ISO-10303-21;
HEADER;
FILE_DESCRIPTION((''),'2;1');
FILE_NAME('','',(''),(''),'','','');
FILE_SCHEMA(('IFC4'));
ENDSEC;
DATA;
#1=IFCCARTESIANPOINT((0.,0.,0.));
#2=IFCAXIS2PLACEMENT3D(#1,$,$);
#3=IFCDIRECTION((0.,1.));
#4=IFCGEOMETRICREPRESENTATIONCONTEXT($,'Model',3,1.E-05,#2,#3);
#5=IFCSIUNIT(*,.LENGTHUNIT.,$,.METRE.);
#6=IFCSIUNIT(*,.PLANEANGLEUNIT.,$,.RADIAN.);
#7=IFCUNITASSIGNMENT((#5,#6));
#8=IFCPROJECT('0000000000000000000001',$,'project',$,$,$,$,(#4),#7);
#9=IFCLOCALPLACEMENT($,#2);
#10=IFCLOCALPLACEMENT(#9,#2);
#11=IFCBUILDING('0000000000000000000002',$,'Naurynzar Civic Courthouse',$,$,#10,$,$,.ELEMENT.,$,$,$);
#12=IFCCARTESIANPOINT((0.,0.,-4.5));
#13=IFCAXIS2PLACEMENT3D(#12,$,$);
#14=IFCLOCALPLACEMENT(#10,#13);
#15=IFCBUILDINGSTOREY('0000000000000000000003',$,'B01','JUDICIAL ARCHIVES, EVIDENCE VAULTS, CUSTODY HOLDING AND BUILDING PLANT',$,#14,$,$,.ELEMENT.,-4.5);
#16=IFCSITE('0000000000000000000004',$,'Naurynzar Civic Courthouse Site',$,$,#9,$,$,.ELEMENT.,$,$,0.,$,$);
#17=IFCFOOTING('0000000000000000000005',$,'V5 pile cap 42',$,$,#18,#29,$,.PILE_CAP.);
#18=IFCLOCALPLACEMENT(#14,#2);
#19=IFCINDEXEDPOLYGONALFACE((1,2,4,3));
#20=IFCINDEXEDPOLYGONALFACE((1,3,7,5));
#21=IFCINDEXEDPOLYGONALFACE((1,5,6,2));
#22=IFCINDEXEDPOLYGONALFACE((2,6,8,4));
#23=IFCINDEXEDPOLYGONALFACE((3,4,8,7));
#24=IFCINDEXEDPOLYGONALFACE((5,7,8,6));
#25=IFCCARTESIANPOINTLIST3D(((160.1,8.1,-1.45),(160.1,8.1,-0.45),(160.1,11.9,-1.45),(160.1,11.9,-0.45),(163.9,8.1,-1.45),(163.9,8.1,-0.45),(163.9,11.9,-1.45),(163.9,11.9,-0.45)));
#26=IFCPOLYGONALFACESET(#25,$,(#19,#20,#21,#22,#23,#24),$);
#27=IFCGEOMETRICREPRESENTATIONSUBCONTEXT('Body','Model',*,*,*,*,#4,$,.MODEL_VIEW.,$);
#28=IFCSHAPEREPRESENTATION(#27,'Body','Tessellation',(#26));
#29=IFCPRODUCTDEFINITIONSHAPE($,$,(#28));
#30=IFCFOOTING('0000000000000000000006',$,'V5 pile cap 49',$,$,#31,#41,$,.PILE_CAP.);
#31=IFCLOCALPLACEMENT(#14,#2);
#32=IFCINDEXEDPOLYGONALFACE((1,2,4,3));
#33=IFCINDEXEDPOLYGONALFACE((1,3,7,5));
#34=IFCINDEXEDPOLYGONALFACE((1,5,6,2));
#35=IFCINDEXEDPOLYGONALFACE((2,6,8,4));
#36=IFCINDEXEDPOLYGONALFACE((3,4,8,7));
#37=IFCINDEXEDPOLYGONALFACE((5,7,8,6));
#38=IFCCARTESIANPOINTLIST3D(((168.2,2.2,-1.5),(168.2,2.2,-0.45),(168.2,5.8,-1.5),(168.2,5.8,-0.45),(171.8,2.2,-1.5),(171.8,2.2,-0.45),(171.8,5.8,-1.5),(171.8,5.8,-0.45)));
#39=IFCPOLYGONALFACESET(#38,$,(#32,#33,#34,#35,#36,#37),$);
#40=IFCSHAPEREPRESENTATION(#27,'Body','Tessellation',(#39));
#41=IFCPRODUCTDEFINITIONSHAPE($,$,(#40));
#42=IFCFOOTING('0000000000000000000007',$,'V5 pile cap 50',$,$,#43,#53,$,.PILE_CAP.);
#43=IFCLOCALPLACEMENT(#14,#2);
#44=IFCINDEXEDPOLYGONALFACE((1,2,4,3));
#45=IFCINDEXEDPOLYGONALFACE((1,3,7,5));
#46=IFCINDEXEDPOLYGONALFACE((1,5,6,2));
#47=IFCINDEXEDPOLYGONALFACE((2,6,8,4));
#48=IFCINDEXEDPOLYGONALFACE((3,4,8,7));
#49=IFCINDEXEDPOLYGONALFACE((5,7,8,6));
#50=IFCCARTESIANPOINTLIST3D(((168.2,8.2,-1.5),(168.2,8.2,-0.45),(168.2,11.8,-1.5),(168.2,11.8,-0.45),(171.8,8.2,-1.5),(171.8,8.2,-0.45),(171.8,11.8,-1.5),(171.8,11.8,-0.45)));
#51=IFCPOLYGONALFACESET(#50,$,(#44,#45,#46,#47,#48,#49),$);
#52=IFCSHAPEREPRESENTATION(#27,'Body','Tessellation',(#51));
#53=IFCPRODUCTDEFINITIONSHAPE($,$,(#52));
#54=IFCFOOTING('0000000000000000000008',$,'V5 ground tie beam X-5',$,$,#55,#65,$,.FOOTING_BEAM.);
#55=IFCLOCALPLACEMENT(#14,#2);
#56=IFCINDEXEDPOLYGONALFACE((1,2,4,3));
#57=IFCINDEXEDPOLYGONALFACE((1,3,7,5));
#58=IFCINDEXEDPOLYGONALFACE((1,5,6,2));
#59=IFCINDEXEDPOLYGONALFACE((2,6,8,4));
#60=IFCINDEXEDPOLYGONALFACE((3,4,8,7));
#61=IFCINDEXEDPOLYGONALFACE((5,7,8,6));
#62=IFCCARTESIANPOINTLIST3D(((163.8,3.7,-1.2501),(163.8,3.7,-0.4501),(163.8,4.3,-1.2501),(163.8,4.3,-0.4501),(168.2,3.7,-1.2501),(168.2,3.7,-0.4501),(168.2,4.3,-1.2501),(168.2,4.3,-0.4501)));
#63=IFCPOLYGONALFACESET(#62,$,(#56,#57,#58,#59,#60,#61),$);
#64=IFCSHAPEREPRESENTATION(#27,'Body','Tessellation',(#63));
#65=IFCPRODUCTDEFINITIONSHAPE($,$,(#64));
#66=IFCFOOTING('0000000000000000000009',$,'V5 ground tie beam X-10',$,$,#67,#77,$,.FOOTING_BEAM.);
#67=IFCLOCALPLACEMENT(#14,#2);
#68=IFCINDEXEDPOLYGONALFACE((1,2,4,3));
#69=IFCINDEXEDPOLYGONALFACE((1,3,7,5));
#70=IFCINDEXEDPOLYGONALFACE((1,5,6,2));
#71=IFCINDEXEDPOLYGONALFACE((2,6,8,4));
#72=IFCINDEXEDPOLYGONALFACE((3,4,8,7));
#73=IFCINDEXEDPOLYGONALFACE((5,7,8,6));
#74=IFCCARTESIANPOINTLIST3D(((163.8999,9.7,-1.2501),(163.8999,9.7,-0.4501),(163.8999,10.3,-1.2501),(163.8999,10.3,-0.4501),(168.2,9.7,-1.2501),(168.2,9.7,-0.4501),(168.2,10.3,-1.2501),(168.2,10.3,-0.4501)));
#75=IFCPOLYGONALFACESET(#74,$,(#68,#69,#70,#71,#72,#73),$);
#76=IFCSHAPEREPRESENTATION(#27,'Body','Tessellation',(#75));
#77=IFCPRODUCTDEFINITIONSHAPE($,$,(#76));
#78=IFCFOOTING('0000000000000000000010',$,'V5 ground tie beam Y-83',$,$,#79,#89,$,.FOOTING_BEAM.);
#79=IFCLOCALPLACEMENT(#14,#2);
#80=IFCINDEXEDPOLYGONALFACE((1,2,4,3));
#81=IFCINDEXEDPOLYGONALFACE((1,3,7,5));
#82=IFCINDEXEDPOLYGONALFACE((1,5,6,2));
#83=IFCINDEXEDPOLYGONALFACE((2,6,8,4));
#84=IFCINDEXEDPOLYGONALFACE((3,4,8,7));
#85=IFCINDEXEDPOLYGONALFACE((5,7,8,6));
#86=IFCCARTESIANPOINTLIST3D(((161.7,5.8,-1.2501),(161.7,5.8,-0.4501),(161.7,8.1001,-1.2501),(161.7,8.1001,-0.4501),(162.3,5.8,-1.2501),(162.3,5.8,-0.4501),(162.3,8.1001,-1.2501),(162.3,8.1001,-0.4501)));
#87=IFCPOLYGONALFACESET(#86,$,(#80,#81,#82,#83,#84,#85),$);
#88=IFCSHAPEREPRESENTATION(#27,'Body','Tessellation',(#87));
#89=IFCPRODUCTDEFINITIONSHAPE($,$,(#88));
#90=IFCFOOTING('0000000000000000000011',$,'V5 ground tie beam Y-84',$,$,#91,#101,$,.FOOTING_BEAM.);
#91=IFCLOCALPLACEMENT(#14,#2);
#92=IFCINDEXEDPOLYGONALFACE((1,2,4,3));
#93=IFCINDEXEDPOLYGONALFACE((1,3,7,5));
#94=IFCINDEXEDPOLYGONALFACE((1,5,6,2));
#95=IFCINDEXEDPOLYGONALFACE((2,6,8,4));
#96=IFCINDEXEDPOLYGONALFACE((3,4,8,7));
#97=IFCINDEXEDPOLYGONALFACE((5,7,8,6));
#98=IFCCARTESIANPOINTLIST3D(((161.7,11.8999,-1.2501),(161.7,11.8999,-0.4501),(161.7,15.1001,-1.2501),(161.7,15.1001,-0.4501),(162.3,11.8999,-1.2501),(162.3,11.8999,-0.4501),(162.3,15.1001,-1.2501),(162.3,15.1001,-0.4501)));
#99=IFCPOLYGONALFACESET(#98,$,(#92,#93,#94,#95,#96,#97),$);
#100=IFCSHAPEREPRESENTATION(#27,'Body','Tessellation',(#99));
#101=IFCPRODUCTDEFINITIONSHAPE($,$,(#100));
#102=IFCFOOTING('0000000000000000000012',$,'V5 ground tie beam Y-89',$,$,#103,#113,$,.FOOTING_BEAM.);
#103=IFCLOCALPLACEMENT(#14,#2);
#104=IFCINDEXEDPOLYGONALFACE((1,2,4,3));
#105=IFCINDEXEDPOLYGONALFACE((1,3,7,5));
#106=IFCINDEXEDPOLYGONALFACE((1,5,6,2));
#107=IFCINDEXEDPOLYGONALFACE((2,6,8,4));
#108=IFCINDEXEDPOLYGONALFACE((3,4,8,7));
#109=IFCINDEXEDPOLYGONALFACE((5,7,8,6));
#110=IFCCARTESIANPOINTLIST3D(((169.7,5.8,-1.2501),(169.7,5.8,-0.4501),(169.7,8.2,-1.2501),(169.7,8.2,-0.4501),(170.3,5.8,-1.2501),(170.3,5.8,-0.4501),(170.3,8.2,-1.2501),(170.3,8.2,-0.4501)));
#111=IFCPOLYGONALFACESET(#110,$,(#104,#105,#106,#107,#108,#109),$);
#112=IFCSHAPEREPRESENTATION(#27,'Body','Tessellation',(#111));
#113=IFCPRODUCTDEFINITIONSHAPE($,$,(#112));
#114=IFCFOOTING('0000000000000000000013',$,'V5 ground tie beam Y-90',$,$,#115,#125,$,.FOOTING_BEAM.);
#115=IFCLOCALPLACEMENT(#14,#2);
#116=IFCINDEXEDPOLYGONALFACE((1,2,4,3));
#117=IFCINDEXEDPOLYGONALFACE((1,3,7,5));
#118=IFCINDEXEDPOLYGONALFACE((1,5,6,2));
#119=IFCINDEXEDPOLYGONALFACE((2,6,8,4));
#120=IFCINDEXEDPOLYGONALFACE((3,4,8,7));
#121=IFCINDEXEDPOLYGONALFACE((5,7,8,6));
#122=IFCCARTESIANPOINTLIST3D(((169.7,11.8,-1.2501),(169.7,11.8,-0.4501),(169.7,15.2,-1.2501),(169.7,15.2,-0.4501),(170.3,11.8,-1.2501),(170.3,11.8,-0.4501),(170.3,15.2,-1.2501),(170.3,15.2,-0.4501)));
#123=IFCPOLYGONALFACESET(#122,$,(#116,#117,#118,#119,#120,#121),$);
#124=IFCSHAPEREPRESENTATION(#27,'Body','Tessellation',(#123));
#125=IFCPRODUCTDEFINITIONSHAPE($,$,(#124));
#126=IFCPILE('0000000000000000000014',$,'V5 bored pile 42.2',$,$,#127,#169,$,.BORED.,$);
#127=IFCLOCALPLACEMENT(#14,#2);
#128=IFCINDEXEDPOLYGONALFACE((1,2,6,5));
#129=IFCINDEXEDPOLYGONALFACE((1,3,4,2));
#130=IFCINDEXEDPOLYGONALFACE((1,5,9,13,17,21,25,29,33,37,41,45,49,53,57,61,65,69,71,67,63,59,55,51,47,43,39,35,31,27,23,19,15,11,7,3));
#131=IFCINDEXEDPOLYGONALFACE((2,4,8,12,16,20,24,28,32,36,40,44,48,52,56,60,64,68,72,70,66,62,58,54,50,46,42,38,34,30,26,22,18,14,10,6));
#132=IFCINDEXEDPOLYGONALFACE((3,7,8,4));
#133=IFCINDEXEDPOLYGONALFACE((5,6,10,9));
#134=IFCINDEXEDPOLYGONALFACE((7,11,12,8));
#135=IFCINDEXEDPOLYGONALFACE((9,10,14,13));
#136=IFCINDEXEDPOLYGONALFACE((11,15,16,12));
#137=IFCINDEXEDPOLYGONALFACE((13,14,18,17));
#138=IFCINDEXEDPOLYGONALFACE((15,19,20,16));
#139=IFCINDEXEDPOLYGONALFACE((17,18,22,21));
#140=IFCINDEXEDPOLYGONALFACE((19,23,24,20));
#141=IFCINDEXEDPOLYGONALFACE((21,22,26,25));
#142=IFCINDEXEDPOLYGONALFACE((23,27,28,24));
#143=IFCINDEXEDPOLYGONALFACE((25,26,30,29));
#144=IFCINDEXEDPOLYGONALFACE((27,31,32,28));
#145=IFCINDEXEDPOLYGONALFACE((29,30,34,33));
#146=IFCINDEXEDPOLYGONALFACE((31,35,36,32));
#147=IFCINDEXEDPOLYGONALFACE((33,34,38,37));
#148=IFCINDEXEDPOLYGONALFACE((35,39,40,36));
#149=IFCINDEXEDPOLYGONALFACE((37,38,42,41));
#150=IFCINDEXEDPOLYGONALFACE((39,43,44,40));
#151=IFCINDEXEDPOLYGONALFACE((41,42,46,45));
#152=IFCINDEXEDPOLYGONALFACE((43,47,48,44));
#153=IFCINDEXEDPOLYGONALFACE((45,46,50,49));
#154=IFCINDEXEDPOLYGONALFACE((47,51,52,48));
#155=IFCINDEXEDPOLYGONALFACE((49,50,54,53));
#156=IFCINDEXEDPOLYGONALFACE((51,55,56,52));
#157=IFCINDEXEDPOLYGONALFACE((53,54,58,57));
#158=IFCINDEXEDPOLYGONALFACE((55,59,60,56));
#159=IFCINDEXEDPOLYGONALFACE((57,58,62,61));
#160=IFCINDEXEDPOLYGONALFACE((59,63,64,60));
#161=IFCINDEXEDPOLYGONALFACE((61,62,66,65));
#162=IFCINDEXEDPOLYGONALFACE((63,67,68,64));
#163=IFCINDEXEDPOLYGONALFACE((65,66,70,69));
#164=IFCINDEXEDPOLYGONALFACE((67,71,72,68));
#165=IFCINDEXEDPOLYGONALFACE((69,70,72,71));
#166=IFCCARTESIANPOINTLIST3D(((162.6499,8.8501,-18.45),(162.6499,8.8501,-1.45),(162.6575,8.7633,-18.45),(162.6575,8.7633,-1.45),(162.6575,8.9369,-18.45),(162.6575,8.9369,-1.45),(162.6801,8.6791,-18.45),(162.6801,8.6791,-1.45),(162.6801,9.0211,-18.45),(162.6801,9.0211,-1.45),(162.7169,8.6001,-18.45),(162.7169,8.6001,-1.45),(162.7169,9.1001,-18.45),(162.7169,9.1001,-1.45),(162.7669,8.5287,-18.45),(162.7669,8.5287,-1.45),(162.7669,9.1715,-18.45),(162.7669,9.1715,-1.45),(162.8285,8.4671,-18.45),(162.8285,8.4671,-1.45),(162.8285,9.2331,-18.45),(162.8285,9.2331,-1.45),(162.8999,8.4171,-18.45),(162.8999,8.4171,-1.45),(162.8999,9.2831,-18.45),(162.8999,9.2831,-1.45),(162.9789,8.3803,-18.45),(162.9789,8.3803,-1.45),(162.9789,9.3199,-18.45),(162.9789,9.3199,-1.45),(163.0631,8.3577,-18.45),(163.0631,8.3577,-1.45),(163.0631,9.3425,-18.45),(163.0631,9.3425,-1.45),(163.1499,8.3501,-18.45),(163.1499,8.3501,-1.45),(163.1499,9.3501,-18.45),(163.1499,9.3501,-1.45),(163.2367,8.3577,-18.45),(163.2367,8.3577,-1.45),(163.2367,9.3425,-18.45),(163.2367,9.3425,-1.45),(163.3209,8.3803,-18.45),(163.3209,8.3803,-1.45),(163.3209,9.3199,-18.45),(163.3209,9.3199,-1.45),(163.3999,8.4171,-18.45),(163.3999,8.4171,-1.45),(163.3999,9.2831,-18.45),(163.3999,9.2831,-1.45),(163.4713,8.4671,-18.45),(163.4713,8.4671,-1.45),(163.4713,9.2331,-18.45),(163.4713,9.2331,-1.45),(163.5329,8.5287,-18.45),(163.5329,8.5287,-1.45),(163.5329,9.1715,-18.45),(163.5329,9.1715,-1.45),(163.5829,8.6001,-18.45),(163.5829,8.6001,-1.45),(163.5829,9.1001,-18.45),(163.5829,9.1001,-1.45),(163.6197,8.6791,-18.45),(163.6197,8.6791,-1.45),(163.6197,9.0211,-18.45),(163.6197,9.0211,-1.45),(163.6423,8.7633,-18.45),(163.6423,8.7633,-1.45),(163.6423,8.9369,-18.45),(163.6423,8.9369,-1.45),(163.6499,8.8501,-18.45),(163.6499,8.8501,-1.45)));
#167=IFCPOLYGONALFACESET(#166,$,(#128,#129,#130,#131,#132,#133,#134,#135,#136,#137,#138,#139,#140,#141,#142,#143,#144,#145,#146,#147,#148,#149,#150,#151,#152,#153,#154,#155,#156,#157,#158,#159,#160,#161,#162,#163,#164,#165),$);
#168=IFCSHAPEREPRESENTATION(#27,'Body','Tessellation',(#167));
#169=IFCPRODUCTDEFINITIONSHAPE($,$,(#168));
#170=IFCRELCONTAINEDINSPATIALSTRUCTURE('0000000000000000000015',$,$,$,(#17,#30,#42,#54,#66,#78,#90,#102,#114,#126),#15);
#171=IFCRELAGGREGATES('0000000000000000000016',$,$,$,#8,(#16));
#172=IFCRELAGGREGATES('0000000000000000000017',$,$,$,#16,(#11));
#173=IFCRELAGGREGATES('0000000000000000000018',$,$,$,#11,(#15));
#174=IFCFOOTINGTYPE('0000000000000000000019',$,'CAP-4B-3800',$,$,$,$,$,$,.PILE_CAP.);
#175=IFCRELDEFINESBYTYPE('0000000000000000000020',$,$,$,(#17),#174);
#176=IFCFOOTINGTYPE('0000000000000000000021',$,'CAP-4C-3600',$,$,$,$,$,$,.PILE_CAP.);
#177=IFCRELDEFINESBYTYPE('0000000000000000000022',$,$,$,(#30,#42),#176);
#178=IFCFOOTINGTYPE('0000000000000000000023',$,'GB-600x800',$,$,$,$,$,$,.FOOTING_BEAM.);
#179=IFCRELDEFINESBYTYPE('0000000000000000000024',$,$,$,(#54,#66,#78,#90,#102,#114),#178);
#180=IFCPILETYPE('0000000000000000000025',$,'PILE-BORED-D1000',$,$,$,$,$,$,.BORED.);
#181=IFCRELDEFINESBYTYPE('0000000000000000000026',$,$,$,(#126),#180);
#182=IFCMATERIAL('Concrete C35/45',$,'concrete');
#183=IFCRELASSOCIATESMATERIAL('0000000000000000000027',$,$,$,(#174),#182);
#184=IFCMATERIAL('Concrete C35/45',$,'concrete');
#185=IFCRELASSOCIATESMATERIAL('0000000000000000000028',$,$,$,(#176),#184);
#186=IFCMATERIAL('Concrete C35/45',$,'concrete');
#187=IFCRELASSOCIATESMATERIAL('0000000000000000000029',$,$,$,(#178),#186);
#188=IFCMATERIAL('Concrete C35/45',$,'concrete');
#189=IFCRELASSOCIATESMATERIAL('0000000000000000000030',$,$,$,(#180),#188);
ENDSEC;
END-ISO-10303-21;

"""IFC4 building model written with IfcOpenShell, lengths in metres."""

from ifc_helpers import new_model, si_unit, direction, frame, origin, origin_2d, place, context, subcontext, project, spatial, rectangle, circle, extrude, material, material_profile, profile_set, type_object, element, save


model = new_model("IFC4")

# Units and contexts
model_context = context("Model", 3, precision=1e-05, world=origin(), true_north=direction((0.0, 1.0)))
body_context = subcontext(model_context, "Body", "Model", "MODEL_VIEW")
ifc_project = project(units=[si_unit("LENGTHUNIT", "METRE"), si_unit("PLANEANGLEUNIT", "RADIAN")], contexts=[model_context])

# Site, building, storey
site_placement = place(None, origin())
site = spatial("IfcSite", under=ifc_project, at=site_placement, Name="Naurynzar Civic Courthouse Site", CompositionType="ELEMENT", RefElevation=0.0)
building_placement = place(site_placement, origin())
building = spatial("IfcBuilding", under=site, at=building_placement, Name="Naurynzar Civic Courthouse", CompositionType="ELEMENT")
storey_placement = place(building_placement, frame((0.0, 0.0, -4.5)))
storey = spatial("IfcBuildingStorey", under=building, at=storey_placement, Name="B01", Description="JUDICIAL ARCHIVES, EVIDENCE VAULTS, CUSTODY HOLDING AND BUILDING PLANT", CompositionType="ELEMENT", Elevation=-4.5)

# Footings
ifc_material_1 = material(Name="Concrete C35/45", Category="concrete")
footing_type_1 = type_object("IfcFootingType", Name="CAP-4B-3800", PredefinedType="PILE_CAP", material=ifc_material_1)
footing_1_placement = place(storey_placement, frame((162.0, 10.0, -1.45), z_axis=(0.0, 0.0, 1.0), x_axis=(1.0, 0.0, 0.0)))
element("IfcFooting", 1, at=footing_1_placement, inside=storey, type_object=footing_type_1, Name="V5 pile cap 42", PredefinedType="PILE_CAP", context=body_context, shape_type="SweptSolid", body=[
    extrude(rectangle(XDim=3.8, YDim=3.8, at=origin_2d()), origin(), (0.0, 0.0, 1.0), 1.0),
])
ifc_material_2 = material(Name="Concrete C35/45", Category="concrete")
footing_type_2 = type_object("IfcFootingType", Name="CAP-4C-3600", PredefinedType="PILE_CAP", material=ifc_material_2)
for number, where, z_axis, x_axis, name in (
    (2, (170.0, 4.0, -1.5), (0.0, 0.0, 1.0), (1.0, 0.0, 0.0), "V5 pile cap 49"),
    (3, (170.0, 10.0, -1.5), (0.0, 0.0, 1.0), (1.0, 0.0, 0.0), "V5 pile cap 50"),
):
    element("IfcFooting", number, at=place(storey_placement, frame(where, z_axis=z_axis, x_axis=x_axis)), inside=storey, type_object=footing_type_2, Name=name, PredefinedType="PILE_CAP", context=body_context, shape_type="SweptSolid", body=[
        extrude(rectangle(XDim=3.6001, YDim=3.6001, at=origin_2d()), origin(), (0.0, 0.0, 1.0), 1.05),
    ])
ifc_material_3 = material(Name="Concrete C35/45", Category="concrete")
ifc_material_profile_1 = material_profile(ifc_material_3, rectangle(XDim=0.6001, YDim=0.8, at=origin_2d()), Name="GB 600x800")
ifc_profile_set_1 = profile_set([ifc_material_profile_1], Name="Concrete C35/45")
footing_type_3 = type_object("IfcFootingType", Name="GB-600x800", PredefinedType="FOOTING_BEAM", material=ifc_profile_set_1)
footing_2_placement = place(storey_placement, frame((163.8, 4.0, -0.8501), z_axis=(1.0, 0.0, 0.0), x_axis=(0.0, 1.0, 0.0)))
element("IfcFooting", 4, at=footing_2_placement, inside=storey, type_object=footing_type_3, Name="V5 ground tie beam X-5", PredefinedType="FOOTING_BEAM", context=body_context, shape_type="SweptSolid", body=[
    extrude(rectangle(XDim=0.6001, YDim=0.8, at=origin_2d()), origin(), (0.0, 0.0, 1.0), 4.3999),
])
footing_3_placement = place(storey_placement, frame((163.8999, 10.0, -0.8501), z_axis=(1.0, 0.0, 0.0), x_axis=(0.0, 1.0, 0.0)))
element("IfcFooting", 5, at=footing_3_placement, inside=storey, type_object=footing_type_3, Name="V5 ground tie beam X-10", PredefinedType="FOOTING_BEAM", context=body_context, shape_type="SweptSolid", body=[
    extrude(rectangle(XDim=0.6001, YDim=0.8, at=origin_2d()), origin(), (0.0, 0.0, 1.0), 4.3),
])
footing_4_placement = place(storey_placement, frame((162.0, 5.8, -0.8501), z_axis=(0.0, 1.0, 0.0), x_axis=(-1.0, 0.0, 0.0)))
element("IfcFooting", 6, at=footing_4_placement, inside=storey, type_object=footing_type_3, Name="V5 ground tie beam Y-83", PredefinedType="FOOTING_BEAM", context=body_context, shape_type="SweptSolid", body=[
    extrude(rectangle(XDim=0.6001, YDim=0.8, at=origin_2d()), origin(), (0.0, 0.0, 1.0), 2.3),
])
footing_5_placement = place(storey_placement, frame((162.0, 11.8999, -0.8501), z_axis=(0.0, 1.0, 0.0), x_axis=(-1.0, 0.0, 0.0)))
element("IfcFooting", 7, at=footing_5_placement, inside=storey, type_object=footing_type_3, Name="V5 ground tie beam Y-84", PredefinedType="FOOTING_BEAM", context=body_context, shape_type="SweptSolid", body=[
    extrude(rectangle(XDim=0.6001, YDim=0.8, at=origin_2d()), origin(), (0.0, 0.0, 1.0), 3.2002),
])
footing_6_placement = place(storey_placement, frame((170.0, 5.8, -0.8501), z_axis=(0.0, 1.0, 0.0), x_axis=(-1.0, 0.0, 0.0)))
element("IfcFooting", 8, at=footing_6_placement, inside=storey, type_object=footing_type_3, Name="V5 ground tie beam Y-89", PredefinedType="FOOTING_BEAM", context=body_context, shape_type="SweptSolid", body=[
    extrude(rectangle(XDim=0.6001, YDim=0.8, at=origin_2d()), origin(), (0.0, 0.0, 1.0), 2.3999),
])
footing_7_placement = place(storey_placement, frame((170.0, 11.8, -0.8501), z_axis=(0.0, 1.0, 0.0), x_axis=(-1.0, 0.0, 0.0)))
element("IfcFooting", 9, at=footing_7_placement, inside=storey, type_object=footing_type_3, Name="V5 ground tie beam Y-90", PredefinedType="FOOTING_BEAM", context=body_context, shape_type="SweptSolid", body=[
    extrude(rectangle(XDim=0.6001, YDim=0.8, at=origin_2d()), origin(), (0.0, 0.0, 1.0), 3.3999),
])

# Pile
ifc_material_4 = material(Name="Concrete C35/45", Category="concrete")
ifc_material_profile_2 = material_profile(ifc_material_4, circle(Radius=0.5, at=origin_2d()), Name="PILE D1000")
ifc_profile_set_2 = profile_set([ifc_material_profile_2], Name="Concrete C35/45")
pile_type_1 = type_object("IfcPileType", Name="PILE-BORED-D1000", PredefinedType="BORED", material=ifc_profile_set_2)
for number, where, z_axis, x_axis, name in (
    (10, (163.1499, 8.8501, -1.45), (0.0, 0.0, -1.0), (1.0, 0.0, 0.0), "V5 bored pile 42.2"),
):
    element("IfcPile", number, at=place(storey_placement, frame(where, z_axis=z_axis, x_axis=x_axis)), inside=storey, type_object=pile_type_1, Name=name, PredefinedType="BORED", context=body_context, shape_type="SweptSolid", body=[
        extrude(circle(Radius=0.5, at=origin_2d()), origin(), (0.0, 0.0, 1.0), 17.0),
    ])

save(model, "model.ifc")
